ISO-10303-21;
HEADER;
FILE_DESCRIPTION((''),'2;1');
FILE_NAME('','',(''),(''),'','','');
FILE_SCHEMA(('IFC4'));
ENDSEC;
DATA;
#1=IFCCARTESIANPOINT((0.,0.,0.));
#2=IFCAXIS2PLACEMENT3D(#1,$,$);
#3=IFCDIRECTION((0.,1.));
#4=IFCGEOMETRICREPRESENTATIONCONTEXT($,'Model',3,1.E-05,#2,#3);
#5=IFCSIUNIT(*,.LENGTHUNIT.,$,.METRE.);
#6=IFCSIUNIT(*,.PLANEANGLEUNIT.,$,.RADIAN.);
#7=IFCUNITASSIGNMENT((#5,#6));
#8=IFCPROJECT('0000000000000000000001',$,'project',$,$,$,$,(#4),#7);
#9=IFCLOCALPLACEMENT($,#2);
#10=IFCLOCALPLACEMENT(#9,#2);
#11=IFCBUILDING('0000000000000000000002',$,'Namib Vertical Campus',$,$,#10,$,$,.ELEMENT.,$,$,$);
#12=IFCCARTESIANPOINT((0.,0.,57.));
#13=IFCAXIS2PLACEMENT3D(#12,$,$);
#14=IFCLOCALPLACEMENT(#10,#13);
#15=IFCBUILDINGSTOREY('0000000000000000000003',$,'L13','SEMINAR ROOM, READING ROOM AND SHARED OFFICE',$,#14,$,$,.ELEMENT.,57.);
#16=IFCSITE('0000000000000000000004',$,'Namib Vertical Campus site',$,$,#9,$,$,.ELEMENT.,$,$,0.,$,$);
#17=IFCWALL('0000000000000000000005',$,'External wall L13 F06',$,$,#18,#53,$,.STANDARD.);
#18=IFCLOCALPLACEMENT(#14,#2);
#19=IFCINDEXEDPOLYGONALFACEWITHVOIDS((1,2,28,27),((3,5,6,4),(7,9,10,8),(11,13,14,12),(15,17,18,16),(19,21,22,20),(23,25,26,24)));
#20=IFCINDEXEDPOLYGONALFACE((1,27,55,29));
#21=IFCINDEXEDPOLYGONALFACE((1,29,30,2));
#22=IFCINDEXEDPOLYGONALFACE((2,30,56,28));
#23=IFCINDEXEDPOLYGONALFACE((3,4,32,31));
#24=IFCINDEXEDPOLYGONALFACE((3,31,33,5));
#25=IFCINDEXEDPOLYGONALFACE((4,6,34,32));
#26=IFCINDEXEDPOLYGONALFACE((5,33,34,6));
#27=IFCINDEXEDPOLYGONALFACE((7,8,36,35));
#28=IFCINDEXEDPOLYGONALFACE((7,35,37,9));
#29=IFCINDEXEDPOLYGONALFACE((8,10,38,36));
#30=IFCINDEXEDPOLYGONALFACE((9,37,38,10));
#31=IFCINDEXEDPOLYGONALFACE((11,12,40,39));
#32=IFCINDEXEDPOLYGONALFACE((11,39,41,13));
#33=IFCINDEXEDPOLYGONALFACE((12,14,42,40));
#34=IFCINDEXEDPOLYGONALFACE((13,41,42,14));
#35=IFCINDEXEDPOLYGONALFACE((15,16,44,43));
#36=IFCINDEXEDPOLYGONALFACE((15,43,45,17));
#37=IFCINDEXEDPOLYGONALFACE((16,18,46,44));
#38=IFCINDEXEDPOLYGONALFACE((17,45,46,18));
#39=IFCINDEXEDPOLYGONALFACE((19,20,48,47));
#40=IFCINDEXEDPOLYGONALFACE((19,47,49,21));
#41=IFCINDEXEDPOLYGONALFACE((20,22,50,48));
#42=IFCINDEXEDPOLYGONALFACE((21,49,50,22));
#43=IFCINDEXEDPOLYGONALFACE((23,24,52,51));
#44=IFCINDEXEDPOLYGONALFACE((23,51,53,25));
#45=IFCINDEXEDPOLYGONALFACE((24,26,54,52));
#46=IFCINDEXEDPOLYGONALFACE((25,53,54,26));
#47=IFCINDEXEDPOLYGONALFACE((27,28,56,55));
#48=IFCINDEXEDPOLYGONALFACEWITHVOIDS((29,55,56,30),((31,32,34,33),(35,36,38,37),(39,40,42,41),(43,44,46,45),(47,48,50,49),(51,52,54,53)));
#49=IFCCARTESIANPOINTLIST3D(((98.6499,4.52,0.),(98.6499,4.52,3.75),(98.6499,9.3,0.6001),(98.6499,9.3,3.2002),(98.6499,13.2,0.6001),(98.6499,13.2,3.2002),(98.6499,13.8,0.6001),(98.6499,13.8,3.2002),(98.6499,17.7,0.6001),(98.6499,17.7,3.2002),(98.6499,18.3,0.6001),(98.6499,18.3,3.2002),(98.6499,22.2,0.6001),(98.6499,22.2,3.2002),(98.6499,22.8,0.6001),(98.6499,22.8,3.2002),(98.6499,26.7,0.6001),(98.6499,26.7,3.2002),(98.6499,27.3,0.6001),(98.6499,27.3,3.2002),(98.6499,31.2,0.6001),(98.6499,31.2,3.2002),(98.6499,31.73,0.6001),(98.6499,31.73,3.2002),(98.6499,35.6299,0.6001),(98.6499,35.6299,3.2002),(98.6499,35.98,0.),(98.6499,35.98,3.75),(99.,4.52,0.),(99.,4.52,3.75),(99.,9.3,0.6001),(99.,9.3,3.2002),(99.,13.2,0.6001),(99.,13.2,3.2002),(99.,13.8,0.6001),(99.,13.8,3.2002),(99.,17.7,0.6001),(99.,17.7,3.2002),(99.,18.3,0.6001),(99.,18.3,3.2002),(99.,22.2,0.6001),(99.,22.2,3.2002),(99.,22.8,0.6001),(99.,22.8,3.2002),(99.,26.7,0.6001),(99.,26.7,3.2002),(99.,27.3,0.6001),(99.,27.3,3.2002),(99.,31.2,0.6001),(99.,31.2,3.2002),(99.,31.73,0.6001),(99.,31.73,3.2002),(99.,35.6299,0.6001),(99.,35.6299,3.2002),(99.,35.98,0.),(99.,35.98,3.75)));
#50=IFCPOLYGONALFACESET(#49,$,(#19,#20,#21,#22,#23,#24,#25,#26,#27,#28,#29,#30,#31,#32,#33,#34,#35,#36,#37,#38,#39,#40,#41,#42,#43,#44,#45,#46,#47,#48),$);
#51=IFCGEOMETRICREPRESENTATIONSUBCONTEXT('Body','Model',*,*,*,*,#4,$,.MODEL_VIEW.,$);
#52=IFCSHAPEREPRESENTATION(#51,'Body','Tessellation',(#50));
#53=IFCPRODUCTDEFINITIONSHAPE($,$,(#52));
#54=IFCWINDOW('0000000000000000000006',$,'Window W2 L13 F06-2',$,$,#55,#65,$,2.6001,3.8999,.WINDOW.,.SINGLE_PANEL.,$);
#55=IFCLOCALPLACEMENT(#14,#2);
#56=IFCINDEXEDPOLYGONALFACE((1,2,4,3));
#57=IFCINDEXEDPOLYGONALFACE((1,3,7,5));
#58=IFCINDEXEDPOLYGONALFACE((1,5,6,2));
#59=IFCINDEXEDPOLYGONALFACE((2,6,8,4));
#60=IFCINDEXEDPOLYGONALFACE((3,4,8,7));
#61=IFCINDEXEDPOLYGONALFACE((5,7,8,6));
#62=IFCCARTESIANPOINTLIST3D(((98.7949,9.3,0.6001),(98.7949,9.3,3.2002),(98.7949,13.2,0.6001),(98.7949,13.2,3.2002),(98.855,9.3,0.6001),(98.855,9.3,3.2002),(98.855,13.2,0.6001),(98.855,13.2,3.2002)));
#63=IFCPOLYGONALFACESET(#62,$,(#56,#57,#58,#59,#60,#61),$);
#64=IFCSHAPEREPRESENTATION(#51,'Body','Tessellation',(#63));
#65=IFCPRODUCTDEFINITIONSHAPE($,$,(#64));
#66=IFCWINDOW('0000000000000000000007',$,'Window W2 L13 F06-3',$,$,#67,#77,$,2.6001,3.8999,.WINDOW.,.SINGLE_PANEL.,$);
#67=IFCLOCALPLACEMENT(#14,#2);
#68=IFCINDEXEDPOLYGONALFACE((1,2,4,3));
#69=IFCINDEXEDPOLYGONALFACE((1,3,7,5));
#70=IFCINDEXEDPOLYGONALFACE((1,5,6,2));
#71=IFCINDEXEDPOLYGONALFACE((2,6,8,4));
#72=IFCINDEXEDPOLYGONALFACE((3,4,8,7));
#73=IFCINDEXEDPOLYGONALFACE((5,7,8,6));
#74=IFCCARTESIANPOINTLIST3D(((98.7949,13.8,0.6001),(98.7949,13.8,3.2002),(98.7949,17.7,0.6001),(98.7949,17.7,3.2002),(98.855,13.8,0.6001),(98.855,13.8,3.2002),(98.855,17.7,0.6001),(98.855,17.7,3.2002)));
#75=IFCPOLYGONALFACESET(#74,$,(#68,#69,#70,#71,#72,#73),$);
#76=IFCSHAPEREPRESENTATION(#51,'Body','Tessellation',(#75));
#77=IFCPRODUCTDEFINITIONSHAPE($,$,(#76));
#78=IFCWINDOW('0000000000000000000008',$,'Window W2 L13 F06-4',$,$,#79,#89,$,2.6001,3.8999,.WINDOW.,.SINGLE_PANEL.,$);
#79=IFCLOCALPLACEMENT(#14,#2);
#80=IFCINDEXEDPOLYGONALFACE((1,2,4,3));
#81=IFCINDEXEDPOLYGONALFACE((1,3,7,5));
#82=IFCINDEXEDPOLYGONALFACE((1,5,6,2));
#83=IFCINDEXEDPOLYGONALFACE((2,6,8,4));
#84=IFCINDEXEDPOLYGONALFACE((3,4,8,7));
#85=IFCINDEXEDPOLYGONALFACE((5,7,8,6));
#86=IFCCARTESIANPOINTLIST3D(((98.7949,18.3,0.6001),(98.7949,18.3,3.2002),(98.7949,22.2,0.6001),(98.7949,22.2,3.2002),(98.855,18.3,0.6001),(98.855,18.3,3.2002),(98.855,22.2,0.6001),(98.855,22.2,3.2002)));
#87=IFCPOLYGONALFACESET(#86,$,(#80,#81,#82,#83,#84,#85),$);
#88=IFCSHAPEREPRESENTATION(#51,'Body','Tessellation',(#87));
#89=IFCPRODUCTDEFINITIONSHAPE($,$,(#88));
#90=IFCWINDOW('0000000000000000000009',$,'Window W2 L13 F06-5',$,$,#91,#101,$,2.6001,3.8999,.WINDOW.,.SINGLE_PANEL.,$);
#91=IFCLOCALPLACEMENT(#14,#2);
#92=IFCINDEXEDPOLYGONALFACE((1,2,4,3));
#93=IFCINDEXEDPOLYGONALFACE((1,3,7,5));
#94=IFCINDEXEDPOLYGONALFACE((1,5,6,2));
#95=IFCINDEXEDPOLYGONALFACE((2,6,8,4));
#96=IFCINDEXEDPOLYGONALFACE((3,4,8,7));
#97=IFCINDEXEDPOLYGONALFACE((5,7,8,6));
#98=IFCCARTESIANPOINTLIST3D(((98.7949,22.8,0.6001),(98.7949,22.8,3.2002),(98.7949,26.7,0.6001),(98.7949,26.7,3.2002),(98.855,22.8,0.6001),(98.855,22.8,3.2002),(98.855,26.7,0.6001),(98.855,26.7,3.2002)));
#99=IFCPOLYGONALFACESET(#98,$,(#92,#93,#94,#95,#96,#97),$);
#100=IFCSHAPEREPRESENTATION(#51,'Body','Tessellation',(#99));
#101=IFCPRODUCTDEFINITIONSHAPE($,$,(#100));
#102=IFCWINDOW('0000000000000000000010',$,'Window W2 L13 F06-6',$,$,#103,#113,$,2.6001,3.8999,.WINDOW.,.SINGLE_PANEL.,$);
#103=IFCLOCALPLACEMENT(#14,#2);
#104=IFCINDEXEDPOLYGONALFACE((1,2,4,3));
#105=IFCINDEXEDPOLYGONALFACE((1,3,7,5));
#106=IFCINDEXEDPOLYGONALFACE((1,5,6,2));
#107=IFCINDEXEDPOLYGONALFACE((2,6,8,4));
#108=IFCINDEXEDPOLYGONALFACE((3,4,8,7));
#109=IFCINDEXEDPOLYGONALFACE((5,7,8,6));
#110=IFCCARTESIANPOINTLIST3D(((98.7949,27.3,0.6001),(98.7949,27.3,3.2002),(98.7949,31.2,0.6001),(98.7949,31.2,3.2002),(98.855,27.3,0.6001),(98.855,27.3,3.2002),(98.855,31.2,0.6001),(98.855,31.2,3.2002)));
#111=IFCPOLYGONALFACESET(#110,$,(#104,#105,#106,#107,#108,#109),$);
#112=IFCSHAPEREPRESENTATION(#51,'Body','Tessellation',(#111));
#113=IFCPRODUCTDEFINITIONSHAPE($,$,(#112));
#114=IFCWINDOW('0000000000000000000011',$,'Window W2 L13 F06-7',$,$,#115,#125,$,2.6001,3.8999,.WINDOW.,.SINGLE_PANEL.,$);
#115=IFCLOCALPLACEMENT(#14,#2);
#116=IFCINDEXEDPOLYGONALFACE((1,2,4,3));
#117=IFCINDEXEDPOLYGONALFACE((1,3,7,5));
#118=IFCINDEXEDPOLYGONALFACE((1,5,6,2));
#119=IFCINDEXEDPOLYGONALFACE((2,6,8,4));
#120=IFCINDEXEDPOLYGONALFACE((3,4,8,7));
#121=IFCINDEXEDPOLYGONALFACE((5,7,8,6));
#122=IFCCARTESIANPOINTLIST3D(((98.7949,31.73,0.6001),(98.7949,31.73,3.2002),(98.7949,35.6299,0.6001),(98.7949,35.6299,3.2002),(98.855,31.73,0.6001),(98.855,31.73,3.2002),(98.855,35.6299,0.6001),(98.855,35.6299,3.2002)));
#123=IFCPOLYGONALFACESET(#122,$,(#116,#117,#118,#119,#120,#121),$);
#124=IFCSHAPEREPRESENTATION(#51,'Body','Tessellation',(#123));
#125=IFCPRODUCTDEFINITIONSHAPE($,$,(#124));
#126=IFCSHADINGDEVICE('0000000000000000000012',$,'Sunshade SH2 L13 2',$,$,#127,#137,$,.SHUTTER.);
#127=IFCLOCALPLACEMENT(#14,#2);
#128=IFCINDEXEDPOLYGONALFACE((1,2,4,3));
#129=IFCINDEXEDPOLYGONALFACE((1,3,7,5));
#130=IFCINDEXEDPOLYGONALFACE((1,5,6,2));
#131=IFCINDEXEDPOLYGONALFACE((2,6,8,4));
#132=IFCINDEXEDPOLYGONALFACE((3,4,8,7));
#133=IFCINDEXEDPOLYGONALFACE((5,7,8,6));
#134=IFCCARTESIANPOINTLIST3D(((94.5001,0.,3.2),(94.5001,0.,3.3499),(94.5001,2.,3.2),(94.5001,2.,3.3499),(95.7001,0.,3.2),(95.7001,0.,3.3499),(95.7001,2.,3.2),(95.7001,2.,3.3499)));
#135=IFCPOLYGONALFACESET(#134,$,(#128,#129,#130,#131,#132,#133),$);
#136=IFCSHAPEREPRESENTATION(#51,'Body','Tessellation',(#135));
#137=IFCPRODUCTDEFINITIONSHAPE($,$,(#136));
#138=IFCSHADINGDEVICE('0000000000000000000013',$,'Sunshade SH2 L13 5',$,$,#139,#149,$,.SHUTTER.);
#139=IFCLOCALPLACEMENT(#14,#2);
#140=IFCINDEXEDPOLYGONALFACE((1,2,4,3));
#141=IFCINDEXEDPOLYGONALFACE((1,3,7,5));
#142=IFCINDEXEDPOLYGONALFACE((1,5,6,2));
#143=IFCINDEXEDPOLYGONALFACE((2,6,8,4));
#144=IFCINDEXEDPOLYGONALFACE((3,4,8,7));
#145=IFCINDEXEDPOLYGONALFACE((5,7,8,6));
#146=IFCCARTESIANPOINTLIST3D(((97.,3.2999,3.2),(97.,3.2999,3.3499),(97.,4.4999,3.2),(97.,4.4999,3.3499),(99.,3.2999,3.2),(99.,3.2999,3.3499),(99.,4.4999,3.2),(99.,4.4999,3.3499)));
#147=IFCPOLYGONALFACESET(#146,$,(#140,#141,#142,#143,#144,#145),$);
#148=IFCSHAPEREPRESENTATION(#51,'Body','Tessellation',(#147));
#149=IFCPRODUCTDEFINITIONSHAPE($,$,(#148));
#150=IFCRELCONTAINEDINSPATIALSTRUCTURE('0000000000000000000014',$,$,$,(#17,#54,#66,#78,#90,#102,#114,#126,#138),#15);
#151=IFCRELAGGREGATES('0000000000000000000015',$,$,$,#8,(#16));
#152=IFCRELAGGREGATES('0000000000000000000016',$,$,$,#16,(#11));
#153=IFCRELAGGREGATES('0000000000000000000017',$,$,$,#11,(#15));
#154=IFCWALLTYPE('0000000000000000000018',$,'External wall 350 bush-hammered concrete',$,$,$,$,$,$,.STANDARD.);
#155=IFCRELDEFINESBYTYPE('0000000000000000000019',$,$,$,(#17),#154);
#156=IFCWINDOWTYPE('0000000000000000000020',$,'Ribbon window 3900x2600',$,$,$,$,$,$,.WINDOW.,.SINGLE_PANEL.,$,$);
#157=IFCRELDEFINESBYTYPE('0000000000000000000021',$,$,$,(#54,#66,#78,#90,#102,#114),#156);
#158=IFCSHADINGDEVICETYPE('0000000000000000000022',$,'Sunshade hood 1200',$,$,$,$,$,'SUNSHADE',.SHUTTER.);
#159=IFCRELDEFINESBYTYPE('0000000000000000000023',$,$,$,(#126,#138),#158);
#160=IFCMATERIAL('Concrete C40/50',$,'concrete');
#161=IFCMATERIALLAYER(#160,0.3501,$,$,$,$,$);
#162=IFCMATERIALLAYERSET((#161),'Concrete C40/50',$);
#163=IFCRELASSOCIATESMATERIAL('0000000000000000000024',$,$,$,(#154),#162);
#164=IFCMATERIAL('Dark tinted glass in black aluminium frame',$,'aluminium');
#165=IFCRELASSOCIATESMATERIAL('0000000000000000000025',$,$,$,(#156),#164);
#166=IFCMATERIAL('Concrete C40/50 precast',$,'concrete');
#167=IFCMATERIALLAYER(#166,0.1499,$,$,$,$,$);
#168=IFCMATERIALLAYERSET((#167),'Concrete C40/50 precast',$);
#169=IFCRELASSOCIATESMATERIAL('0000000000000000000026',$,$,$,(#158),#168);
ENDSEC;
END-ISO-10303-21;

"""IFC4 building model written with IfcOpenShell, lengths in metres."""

from ifc_helpers import new_model, si_unit, direction, frame, frame_2d, origin, origin_2d, place, context, subcontext, project, spatial, rectangle, extrude, material, layer, layer_set, type_object, element, fill, save


model = new_model("IFC4")

# Units and contexts
model_context = context("Model", 3, precision=1e-05, world=origin(), true_north=direction((0.0, 1.0)))
body_context = subcontext(model_context, "Body", "Model", "MODEL_VIEW")
ifc_project = project(units=[si_unit("LENGTHUNIT", "METRE"), si_unit("PLANEANGLEUNIT", "RADIAN")], contexts=[model_context])

# Site, building, storey
site_placement = place(None, origin())
site = spatial("IfcSite", under=ifc_project, at=site_placement, Name="Namib Vertical Campus site", CompositionType="ELEMENT", RefElevation=0.0)
building_placement = place(site_placement, origin())
building = spatial("IfcBuilding", under=site, at=building_placement, Name="Namib Vertical Campus", CompositionType="ELEMENT")
storey_placement = place(building_placement, frame((0.0, 0.0, 57.0)))
storey = spatial("IfcBuildingStorey", under=building, at=storey_placement, Name="L13", Description="SEMINAR ROOM, READING ROOM AND SHARED OFFICE", CompositionType="ELEMENT", Elevation=57.0)

# Shared definitions
ifc_material_1 = material(Name="Concrete C40/50", Category="concrete")
ifc_layer_1 = layer(ifc_material_1, 0.3501)
ifc_layer_set_1 = layer_set([ifc_layer_1], Name="Concrete C40/50")
wall_type = type_object("IfcWallType", Name="External wall 350 bush-hammered concrete", PredefinedType="STANDARD", material=ifc_layer_set_1)

# Wall, openings, windows
wall_1_placement = place(storey_placement, frame((98.825, 4.52, 0.0), z_axis=(0.0, 0.0, 1.0), x_axis=(0.0, 1.0, 0.0)))
wall_1 = element("IfcWall", 1, at=wall_1_placement, inside=storey, type_object=wall_type, Name="External wall L13 F06", PredefinedType="STANDARD", context=body_context, shape_type="SweptSolid", body=[
    extrude(rectangle(XDim=31.46, YDim=0.3501, at=frame_2d((15.73, 0.0))), origin(), (0.0, 0.0, 1.0), 3.75),
])
opening_1_placement = place(wall_1_placement, frame((4.78, 0.0, 0.6001)))
opening_1 = element("IfcOpeningElement", 2, at=opening_1_placement, cuts=wall_1, PredefinedType="OPENING", context=body_context, shape_type="SweptSolid", body=[
    extrude(rectangle(XDim=3.8999, YDim=2.6001, at=frame_2d((1.95, 1.3))), frame((0.0, 0.1851, 0.0), z_axis=(0.0, -1.0, 0.0), x_axis=(1.0, 0.0, 0.0)), (0.0, 0.0, 1.0), 0.3701),
])
opening_2_placement = place(wall_1_placement, frame((9.28, 0.0, 0.6001)))
opening_2 = element("IfcOpeningElement", 3, at=opening_2_placement, cuts=wall_1, PredefinedType="OPENING", context=body_context, shape_type="SweptSolid", body=[
    extrude(rectangle(XDim=3.8999, YDim=2.6001, at=frame_2d((1.95, 1.3))), frame((0.0, 0.1851, 0.0), z_axis=(0.0, -1.0, 0.0), x_axis=(1.0, 0.0, 0.0)), (0.0, 0.0, 1.0), 0.3701),
])
opening_3_placement = place(wall_1_placement, frame((13.78, 0.0, 0.6001)))
opening_3 = element("IfcOpeningElement", 4, at=opening_3_placement, cuts=wall_1, PredefinedType="OPENING", context=body_context, shape_type="SweptSolid", body=[
    extrude(rectangle(XDim=3.8999, YDim=2.6001, at=frame_2d((1.95, 1.3))), frame((0.0, 0.1851, 0.0), z_axis=(0.0, -1.0, 0.0), x_axis=(1.0, 0.0, 0.0)), (0.0, 0.0, 1.0), 0.3701),
])
opening_4_placement = place(wall_1_placement, frame((18.28, 0.0, 0.6001)))
opening_4 = element("IfcOpeningElement", 5, at=opening_4_placement, cuts=wall_1, PredefinedType="OPENING", context=body_context, shape_type="SweptSolid", body=[
    extrude(rectangle(XDim=3.8999, YDim=2.6001, at=frame_2d((1.95, 1.3))), frame((0.0, 0.1851, 0.0), z_axis=(0.0, -1.0, 0.0), x_axis=(1.0, 0.0, 0.0)), (0.0, 0.0, 1.0), 0.3701),
])
opening_5_placement = place(wall_1_placement, frame((22.78, 0.0, 0.6001)))
opening_5 = element("IfcOpeningElement", 6, at=opening_5_placement, cuts=wall_1, PredefinedType="OPENING", context=body_context, shape_type="SweptSolid", body=[
    extrude(rectangle(XDim=3.8999, YDim=2.6001, at=frame_2d((1.95, 1.3))), frame((0.0, 0.1851, 0.0), z_axis=(0.0, -1.0, 0.0), x_axis=(1.0, 0.0, 0.0)), (0.0, 0.0, 1.0), 0.3701),
])
opening_6_placement = place(wall_1_placement, frame((27.21, 0.0, 0.6001)))
opening_6 = element("IfcOpeningElement", 7, at=opening_6_placement, cuts=wall_1, PredefinedType="OPENING", context=body_context, shape_type="SweptSolid", body=[
    extrude(rectangle(XDim=3.8999, YDim=2.6001, at=frame_2d((1.95, 1.3))), frame((0.0, 0.1851, 0.0), z_axis=(0.0, -1.0, 0.0), x_axis=(1.0, 0.0, 0.0)), (0.0, 0.0, 1.0), 0.3701),
])
ifc_material_2 = material(Name="Dark tinted glass in black aluminium frame", Category="aluminium")
window_type = type_object("IfcWindowType", Name="Ribbon window 3900x2600", PartitioningType="SINGLE_PANEL", PredefinedType="WINDOW", material=ifc_material_2)
window_1_placement = place(opening_1_placement, origin())
window_1 = element("IfcWindow", 8, at=window_1_placement, inside=storey, type_object=window_type, Name="Window W2 L13 F06-2", OverallHeight=2.6001, OverallWidth=3.8999, PartitioningType="SINGLE_PANEL", PredefinedType="WINDOW", context=body_context, shape_type="SweptSolid", body=[
    extrude(rectangle(XDim=3.8999, YDim=2.6001, at=frame_2d((1.95, 1.3))), frame((0.0, 0.03, 0.0), z_axis=(0.0, -1.0, 0.0), x_axis=(1.0, 0.0, 0.0)), (0.0, 0.0, 1.0), 0.0601),
])
fill(opening_1, window_1)
window_2_placement = place(opening_2_placement, origin())
window_2 = element("IfcWindow", 9, at=window_2_placement, inside=storey, type_object=window_type, Name="Window W2 L13 F06-3", OverallHeight=2.6001, OverallWidth=3.8999, PartitioningType="SINGLE_PANEL", PredefinedType="WINDOW", context=body_context, shape_type="SweptSolid", body=[
    extrude(rectangle(XDim=3.8999, YDim=2.6001, at=frame_2d((1.95, 1.3))), frame((0.0, 0.03, 0.0), z_axis=(0.0, -1.0, 0.0), x_axis=(1.0, 0.0, 0.0)), (0.0, 0.0, 1.0), 0.0601),
])
fill(opening_2, window_2)
window_3_placement = place(opening_3_placement, origin())
window_3 = element("IfcWindow", 10, at=window_3_placement, inside=storey, type_object=window_type, Name="Window W2 L13 F06-4", OverallHeight=2.6001, OverallWidth=3.8999, PartitioningType="SINGLE_PANEL", PredefinedType="WINDOW", context=body_context, shape_type="SweptSolid", body=[
    extrude(rectangle(XDim=3.8999, YDim=2.6001, at=frame_2d((1.95, 1.3))), frame((0.0, 0.03, 0.0), z_axis=(0.0, -1.0, 0.0), x_axis=(1.0, 0.0, 0.0)), (0.0, 0.0, 1.0), 0.0601),
])
fill(opening_3, window_3)
window_4_placement = place(opening_4_placement, origin())
window_4 = element("IfcWindow", 11, at=window_4_placement, inside=storey, type_object=window_type, Name="Window W2 L13 F06-5", OverallHeight=2.6001, OverallWidth=3.8999, PartitioningType="SINGLE_PANEL", PredefinedType="WINDOW", context=body_context, shape_type="SweptSolid", body=[
    extrude(rectangle(XDim=3.8999, YDim=2.6001, at=frame_2d((1.95, 1.3))), frame((0.0, 0.03, 0.0), z_axis=(0.0, -1.0, 0.0), x_axis=(1.0, 0.0, 0.0)), (0.0, 0.0, 1.0), 0.0601),
])
fill(opening_4, window_4)
window_5_placement = place(opening_5_placement, origin())
window_5 = element("IfcWindow", 12, at=window_5_placement, inside=storey, type_object=window_type, Name="Window W2 L13 F06-6", OverallHeight=2.6001, OverallWidth=3.8999, PartitioningType="SINGLE_PANEL", PredefinedType="WINDOW", context=body_context, shape_type="SweptSolid", body=[
    extrude(rectangle(XDim=3.8999, YDim=2.6001, at=frame_2d((1.95, 1.3))), frame((0.0, 0.03, 0.0), z_axis=(0.0, -1.0, 0.0), x_axis=(1.0, 0.0, 0.0)), (0.0, 0.0, 1.0), 0.0601),
])
fill(opening_5, window_5)
window_6_placement = place(opening_6_placement, origin())
window_6 = element("IfcWindow", 13, at=window_6_placement, inside=storey, type_object=window_type, Name="Window W2 L13 F06-7", OverallHeight=2.6001, OverallWidth=3.8999, PartitioningType="SINGLE_PANEL", PredefinedType="WINDOW", context=body_context, shape_type="SweptSolid", body=[
    extrude(rectangle(XDim=3.8999, YDim=2.6001, at=frame_2d((1.95, 1.3))), frame((0.0, 0.03, 0.0), z_axis=(0.0, -1.0, 0.0), x_axis=(1.0, 0.0, 0.0)), (0.0, 0.0, 1.0), 0.0601),
])
fill(opening_6, window_6)

# Shading devices
ifc_material_3 = material(Name="Concrete C40/50 precast", Category="concrete")
ifc_layer_2 = layer(ifc_material_3, 0.1499)
ifc_layer_set_2 = layer_set([ifc_layer_2], Name="Concrete C40/50 precast")
shading_device_type = type_object("IfcShadingDeviceType", Name="Sunshade hood 1200", ElementType="SUNSHADE", PredefinedType="SHUTTER", material=ifc_layer_set_2)
for number, where, z_axis, x_axis, name in (
    (14, (95.1001, 1.0, 3.2), (0.0, 0.0, 1.0), (0.0, 1.0, 0.0), "Sunshade SH2 L13 2"),
    (15, (98.0, 3.8999, 3.2), (0.0, 0.0, 1.0), (1.0, 0.0, 0.0), "Sunshade SH2 L13 5"),
):
    element("IfcShadingDevice", number, at=place(storey_placement, frame(where, z_axis=z_axis, x_axis=x_axis)), inside=storey, type_object=shading_device_type, Name=name, PredefinedType="SHUTTER", context=body_context, shape_type="SweptSolid", body=[
        extrude(rectangle(XDim=2.0, YDim=1.2, at=origin_2d()), origin(), (0.0, 0.0, 1.0), 0.1499),
    ])

save(model, "model.ifc")
